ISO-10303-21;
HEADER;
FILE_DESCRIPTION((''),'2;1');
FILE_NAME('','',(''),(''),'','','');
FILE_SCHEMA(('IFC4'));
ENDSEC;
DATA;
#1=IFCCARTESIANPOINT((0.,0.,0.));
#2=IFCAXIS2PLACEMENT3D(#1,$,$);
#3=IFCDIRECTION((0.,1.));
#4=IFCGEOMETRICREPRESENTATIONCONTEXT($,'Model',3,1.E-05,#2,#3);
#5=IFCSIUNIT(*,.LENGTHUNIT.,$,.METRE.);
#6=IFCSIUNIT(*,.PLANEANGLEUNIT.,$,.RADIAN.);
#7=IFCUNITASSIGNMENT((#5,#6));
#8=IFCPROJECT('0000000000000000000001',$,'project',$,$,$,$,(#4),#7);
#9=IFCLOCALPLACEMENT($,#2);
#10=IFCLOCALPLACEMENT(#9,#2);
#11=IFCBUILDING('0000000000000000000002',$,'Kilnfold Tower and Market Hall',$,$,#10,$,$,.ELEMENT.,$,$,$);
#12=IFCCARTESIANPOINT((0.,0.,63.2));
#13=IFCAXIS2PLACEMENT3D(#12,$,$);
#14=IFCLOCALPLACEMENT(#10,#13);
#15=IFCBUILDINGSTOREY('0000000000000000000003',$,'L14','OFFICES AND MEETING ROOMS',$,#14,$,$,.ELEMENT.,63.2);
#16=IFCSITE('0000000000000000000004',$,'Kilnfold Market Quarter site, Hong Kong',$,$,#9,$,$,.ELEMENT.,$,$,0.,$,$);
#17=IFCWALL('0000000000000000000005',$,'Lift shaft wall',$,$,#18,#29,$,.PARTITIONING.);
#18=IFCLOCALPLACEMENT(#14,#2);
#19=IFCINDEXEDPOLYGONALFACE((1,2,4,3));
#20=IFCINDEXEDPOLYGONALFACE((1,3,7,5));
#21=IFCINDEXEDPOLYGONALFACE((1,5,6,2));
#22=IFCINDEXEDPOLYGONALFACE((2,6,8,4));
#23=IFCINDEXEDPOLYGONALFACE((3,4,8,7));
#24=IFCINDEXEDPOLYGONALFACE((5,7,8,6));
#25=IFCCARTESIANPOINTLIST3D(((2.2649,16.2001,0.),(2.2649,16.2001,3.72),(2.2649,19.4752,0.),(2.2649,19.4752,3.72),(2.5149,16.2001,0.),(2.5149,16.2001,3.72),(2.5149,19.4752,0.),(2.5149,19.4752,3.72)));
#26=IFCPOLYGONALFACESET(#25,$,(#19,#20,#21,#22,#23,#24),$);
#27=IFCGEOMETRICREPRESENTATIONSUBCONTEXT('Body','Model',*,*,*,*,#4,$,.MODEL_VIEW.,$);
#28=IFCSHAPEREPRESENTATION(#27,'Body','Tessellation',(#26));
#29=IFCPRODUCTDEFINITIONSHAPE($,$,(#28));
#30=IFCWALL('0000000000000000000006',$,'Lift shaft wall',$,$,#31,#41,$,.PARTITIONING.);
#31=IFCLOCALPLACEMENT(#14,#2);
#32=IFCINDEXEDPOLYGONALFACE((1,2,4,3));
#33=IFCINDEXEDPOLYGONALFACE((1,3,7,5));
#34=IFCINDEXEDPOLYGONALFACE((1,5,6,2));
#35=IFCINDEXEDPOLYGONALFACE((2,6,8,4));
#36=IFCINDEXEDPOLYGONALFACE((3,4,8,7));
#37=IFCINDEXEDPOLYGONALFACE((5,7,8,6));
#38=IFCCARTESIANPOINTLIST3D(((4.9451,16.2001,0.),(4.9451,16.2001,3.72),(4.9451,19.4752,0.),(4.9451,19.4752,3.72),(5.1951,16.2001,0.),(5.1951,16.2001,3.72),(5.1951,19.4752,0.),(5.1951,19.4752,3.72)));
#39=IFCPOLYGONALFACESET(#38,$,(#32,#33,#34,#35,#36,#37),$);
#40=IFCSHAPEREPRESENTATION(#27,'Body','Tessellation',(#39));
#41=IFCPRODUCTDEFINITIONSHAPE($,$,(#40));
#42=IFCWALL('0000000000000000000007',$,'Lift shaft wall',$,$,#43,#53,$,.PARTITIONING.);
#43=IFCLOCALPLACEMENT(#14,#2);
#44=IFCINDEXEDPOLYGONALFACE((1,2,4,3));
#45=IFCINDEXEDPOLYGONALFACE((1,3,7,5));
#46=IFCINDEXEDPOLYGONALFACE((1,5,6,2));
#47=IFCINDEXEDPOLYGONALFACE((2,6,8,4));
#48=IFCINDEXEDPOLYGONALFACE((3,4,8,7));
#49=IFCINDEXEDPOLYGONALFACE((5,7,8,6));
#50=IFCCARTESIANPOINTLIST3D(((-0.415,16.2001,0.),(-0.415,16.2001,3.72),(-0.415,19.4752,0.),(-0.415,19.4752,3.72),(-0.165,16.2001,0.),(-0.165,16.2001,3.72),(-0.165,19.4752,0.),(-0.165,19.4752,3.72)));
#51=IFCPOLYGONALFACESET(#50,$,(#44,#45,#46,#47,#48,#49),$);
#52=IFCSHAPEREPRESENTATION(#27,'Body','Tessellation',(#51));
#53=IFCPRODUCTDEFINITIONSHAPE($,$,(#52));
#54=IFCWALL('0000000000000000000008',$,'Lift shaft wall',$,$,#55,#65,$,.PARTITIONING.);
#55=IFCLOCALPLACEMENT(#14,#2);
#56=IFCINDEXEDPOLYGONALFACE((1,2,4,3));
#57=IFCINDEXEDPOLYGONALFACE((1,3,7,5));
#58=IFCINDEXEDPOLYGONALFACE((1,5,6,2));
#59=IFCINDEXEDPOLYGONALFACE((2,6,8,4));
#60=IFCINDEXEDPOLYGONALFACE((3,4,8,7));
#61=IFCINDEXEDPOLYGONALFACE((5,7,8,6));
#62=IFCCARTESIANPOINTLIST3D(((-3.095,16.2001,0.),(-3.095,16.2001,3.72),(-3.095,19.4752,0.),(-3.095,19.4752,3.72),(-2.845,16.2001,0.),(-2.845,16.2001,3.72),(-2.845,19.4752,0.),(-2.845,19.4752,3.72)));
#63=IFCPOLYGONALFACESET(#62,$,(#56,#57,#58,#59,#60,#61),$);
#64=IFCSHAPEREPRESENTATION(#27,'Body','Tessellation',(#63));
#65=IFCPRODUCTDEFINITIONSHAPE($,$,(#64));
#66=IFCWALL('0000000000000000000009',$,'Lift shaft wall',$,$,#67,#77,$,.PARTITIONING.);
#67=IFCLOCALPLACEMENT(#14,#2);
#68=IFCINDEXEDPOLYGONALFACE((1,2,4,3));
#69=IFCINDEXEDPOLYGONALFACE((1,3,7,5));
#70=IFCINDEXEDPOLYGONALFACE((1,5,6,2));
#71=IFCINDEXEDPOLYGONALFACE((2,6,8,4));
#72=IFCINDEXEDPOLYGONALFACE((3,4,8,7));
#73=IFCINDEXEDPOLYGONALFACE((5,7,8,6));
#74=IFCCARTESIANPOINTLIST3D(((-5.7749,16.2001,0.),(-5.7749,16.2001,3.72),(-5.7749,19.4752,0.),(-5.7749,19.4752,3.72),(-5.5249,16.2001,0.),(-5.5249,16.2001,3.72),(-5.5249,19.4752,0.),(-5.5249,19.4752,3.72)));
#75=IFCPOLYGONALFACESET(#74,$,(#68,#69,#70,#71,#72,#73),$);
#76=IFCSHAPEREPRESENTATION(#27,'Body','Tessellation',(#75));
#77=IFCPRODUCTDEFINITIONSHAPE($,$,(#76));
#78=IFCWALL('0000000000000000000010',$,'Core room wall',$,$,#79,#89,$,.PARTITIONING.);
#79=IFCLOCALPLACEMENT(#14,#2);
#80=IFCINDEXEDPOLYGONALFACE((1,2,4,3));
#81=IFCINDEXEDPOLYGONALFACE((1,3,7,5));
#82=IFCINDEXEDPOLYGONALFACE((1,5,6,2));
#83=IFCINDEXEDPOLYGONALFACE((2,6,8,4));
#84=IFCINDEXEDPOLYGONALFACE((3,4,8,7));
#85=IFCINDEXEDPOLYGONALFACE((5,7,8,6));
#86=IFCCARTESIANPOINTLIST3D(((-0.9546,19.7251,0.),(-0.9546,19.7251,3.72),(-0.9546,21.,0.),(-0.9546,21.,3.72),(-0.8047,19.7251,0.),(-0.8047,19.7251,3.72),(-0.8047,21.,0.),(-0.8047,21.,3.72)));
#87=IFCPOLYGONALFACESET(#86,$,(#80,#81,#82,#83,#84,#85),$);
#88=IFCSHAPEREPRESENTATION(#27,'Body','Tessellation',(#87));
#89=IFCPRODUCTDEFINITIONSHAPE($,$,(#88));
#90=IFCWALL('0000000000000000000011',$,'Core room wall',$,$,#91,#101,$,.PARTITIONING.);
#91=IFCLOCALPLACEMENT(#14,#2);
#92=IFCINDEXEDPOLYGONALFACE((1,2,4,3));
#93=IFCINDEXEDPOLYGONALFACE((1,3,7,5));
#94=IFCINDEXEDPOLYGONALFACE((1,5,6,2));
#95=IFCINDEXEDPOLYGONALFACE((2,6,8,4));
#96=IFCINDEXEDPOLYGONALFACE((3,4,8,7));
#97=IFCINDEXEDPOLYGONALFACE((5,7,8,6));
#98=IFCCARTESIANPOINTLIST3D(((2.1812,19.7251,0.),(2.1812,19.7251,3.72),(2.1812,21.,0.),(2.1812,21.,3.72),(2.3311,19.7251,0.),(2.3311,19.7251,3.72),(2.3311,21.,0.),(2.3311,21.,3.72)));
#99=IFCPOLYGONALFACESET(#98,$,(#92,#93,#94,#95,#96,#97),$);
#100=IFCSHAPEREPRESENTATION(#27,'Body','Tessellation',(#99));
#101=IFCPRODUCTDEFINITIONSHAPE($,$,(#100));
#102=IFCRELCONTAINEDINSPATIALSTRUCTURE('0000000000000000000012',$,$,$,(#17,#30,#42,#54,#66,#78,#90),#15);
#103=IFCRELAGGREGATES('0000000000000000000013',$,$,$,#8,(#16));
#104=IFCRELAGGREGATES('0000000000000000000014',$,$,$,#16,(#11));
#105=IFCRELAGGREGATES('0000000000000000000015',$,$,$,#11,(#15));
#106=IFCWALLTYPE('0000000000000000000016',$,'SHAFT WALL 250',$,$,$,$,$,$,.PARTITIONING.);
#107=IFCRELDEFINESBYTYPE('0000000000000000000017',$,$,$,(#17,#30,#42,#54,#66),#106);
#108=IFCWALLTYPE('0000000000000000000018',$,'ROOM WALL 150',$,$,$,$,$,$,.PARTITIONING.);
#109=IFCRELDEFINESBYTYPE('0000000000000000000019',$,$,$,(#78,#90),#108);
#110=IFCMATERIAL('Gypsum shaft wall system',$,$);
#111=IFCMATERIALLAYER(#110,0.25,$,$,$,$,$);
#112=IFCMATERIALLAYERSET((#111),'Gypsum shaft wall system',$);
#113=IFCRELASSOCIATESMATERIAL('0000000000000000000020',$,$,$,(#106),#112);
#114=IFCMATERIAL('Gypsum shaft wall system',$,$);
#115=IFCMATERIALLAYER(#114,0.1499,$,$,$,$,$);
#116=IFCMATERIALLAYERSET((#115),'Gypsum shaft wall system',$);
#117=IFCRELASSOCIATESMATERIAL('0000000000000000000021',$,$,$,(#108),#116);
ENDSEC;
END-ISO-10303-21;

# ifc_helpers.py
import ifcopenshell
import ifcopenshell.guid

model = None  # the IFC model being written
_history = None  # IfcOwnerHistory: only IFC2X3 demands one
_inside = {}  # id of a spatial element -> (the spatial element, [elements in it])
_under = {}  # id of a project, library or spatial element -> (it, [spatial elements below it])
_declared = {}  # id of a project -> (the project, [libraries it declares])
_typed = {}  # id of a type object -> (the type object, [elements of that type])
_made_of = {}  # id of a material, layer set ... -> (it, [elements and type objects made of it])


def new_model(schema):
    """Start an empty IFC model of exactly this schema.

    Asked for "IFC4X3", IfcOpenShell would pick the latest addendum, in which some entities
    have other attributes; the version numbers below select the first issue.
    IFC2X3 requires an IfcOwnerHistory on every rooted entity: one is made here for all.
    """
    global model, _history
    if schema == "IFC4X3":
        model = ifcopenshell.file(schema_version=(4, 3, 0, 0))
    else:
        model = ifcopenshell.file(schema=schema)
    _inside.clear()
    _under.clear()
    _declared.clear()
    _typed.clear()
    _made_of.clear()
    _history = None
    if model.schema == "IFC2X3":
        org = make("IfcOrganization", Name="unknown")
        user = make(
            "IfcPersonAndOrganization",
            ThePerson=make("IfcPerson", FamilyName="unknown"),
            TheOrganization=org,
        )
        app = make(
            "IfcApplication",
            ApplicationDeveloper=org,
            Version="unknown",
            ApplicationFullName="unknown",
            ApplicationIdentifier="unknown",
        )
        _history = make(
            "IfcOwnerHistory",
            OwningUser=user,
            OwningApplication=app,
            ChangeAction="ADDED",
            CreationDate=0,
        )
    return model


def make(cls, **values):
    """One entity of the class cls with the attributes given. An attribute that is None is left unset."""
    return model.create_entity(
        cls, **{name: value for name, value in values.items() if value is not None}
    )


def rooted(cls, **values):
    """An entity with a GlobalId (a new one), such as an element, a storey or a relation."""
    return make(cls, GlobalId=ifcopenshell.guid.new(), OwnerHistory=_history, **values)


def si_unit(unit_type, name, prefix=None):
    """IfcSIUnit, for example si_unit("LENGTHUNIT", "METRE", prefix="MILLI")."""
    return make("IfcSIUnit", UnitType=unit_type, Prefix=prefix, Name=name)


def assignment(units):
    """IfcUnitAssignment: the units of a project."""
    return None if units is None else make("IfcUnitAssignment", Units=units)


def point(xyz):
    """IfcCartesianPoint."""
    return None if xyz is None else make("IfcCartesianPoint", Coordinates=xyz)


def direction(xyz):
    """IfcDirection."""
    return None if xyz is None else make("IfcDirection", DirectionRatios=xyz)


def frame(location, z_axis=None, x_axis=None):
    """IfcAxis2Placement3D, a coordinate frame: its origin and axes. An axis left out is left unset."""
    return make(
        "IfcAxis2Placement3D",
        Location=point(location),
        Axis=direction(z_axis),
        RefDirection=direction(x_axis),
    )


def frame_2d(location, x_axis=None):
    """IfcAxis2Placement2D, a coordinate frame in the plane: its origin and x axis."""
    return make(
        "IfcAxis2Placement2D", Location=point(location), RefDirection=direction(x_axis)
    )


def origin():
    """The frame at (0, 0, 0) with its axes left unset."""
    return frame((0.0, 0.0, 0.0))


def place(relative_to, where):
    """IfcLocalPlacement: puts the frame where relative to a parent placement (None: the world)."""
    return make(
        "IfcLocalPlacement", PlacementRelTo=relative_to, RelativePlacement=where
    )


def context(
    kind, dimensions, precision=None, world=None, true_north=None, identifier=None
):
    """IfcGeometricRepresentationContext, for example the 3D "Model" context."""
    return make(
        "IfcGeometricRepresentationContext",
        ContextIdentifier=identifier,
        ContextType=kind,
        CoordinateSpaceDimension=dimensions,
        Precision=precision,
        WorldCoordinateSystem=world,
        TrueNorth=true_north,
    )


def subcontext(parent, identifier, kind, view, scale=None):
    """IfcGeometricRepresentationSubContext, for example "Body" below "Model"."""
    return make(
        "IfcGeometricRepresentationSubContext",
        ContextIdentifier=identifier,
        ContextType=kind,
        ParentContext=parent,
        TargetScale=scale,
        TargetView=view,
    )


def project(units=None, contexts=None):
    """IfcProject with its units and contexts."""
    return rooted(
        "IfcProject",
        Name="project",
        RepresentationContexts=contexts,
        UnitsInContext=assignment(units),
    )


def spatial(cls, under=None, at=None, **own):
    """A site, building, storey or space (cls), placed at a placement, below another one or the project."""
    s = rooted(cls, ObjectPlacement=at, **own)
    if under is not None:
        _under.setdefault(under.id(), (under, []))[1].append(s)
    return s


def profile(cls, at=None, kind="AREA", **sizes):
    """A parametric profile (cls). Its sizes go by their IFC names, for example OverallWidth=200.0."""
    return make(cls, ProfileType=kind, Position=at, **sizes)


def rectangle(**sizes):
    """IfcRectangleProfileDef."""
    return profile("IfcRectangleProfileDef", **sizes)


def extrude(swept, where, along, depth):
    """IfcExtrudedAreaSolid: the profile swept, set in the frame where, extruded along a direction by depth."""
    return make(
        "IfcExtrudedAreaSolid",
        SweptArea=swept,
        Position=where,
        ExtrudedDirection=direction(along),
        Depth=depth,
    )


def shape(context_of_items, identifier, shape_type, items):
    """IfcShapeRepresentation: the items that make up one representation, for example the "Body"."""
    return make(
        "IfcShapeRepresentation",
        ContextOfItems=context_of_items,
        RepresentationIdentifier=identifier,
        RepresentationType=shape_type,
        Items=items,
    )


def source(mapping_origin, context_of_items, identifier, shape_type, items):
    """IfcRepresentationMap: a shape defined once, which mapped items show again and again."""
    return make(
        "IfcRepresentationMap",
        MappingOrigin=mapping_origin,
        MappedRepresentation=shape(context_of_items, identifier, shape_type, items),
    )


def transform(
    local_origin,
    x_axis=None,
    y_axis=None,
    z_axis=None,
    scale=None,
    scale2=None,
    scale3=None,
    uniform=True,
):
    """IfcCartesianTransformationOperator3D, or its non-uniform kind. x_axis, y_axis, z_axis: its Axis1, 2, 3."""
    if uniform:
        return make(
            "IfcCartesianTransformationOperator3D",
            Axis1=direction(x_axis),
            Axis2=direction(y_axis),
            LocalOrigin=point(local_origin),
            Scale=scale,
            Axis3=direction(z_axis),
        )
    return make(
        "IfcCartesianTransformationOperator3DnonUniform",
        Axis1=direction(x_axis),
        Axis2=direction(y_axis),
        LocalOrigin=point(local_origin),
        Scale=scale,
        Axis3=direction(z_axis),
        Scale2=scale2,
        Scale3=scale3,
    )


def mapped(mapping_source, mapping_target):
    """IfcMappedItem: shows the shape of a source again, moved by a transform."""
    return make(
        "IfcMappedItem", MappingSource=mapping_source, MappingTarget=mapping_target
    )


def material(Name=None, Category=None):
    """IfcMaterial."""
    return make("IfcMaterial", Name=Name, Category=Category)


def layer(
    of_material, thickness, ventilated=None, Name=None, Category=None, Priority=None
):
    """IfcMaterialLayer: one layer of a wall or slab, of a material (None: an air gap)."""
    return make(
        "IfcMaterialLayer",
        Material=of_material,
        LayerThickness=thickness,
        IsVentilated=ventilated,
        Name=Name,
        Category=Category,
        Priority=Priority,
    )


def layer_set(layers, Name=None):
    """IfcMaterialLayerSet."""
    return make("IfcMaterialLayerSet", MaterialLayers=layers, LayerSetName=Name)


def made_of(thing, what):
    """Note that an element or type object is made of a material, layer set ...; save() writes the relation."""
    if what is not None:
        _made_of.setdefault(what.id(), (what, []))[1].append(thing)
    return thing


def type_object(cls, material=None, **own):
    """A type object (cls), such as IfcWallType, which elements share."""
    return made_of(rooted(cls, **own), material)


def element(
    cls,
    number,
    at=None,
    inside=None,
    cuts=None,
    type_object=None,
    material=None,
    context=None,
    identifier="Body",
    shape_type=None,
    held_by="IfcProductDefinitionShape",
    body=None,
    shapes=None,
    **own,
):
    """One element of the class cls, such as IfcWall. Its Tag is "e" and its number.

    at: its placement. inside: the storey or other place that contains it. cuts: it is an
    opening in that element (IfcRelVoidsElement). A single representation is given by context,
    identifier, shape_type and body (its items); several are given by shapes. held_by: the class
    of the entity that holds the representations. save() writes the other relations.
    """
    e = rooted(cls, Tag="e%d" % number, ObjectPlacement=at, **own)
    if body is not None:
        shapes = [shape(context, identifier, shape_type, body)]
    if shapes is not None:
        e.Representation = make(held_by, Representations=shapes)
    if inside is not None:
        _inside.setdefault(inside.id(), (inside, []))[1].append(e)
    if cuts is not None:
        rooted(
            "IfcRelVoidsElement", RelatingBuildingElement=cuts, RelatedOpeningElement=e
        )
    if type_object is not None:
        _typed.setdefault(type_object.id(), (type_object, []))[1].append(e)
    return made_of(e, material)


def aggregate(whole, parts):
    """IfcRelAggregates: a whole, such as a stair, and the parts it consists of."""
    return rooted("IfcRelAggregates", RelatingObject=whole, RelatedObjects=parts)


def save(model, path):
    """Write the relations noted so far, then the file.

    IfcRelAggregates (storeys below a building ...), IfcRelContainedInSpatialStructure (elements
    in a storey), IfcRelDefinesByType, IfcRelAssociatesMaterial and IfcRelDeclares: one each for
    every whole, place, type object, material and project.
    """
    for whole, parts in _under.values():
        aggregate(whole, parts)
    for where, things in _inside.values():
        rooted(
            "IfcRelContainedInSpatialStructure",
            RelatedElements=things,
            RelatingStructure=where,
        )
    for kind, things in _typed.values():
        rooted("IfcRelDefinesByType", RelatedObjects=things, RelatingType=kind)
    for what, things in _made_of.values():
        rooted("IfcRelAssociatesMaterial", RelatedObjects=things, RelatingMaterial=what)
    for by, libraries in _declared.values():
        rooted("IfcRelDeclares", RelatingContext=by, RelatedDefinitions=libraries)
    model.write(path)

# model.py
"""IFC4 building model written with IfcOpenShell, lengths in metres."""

from ifc_helpers import new_model, si_unit, direction, frame, frame_2d, origin, place, context, subcontext, project, spatial, rectangle, extrude, source, transform, mapped, material, layer, layer_set, type_object, element, save


model = new_model("IFC4")

# Units and contexts
model_context = context("Model", 3, precision=1e-05, world=origin(), true_north=direction((0.0, 1.0)))
body_context = subcontext(model_context, "Body", "Model", "MODEL_VIEW")
ifc_project = project(units=[si_unit("LENGTHUNIT", "METRE"), si_unit("PLANEANGLEUNIT", "RADIAN")], contexts=[model_context])

# Site, building, storey
site_placement = place(None, origin())
site = spatial("IfcSite", under=ifc_project, at=site_placement, Name="Kilnfold Market Quarter site, Hong Kong", CompositionType="ELEMENT", RefElevation=0.0)
building_placement = place(site_placement, origin())
building = spatial("IfcBuilding", under=site, at=building_placement, Name="Kilnfold Tower and Market Hall", CompositionType="ELEMENT")
storey_placement = place(building_placement, frame((0.0, 0.0, 63.2)))
storey = spatial("IfcBuildingStorey", under=building, at=storey_placement, Name="L14", Description="OFFICES AND MEETING ROOMS", CompositionType="ELEMENT", Elevation=63.2)

# Walls
ifc_material_1 = material(Name="Gypsum shaft wall system")
ifc_layer_1 = layer(ifc_material_1, 0.25)
ifc_layer_set_1 = layer_set([ifc_layer_1], Name="Gypsum shaft wall system")
wall_type_1 = type_object("IfcWallType", Name="SHAFT WALL 250", PredefinedType="PARTITIONING", material=ifc_layer_set_1)
shared_shape_1 = source(origin(), body_context, "Body", "SweptSolid", [
    extrude(rectangle(XDim=3.2751, YDim=0.25, at=frame_2d((1.6377, 0.0))), origin(), (0.0, 0.0, 1.0), 3.72),
])
for number, where, z_axis, x_axis, name in (
    (1, (2.3899, 16.2, 0.0), (0.0, 0.0, 1.0), (0.0, 1.0, 0.0), "Lift shaft wall"),
    (2, (5.0701, 16.2, 0.0), (0.0, 0.0, 1.0), (0.0, 1.0, 0.0), "Lift shaft wall"),
    (3, (-0.29, 16.2, 0.0), (0.0, 0.0, 1.0), (0.0, 1.0, 0.0), "Lift shaft wall"),
    (4, (-2.97, 16.2, 0.0), (0.0, 0.0, 1.0), (0.0, 1.0, 0.0), "Lift shaft wall"),
    (5, (-5.6499, 16.2, 0.0), (0.0, 0.0, 1.0), (0.0, 1.0, 0.0), "Lift shaft wall"),
):
    element("IfcWall", number, at=place(storey_placement, frame(where, z_axis=z_axis, x_axis=x_axis)), inside=storey, type_object=wall_type_1, Name=name, PredefinedType="PARTITIONING", context=body_context, shape_type="MappedRepresentation", body=[
        mapped(shared_shape_1, transform((0.0, 0.0, 0.0))),
    ])
ifc_material_2 = material(Name="Gypsum shaft wall system")
ifc_layer_2 = layer(ifc_material_2, 0.1499)
ifc_layer_set_2 = layer_set([ifc_layer_2], Name="Gypsum shaft wall system")
wall_type_2 = type_object("IfcWallType", Name="ROOM WALL 150", PredefinedType="PARTITIONING", material=ifc_layer_set_2)
shared_shape_2 = source(origin(), body_context, "Body", "SweptSolid", [
    extrude(rectangle(XDim=1.2749, YDim=0.1499, at=frame_2d((0.6375, 0.0))), origin(), (0.0, 0.0, 1.0), 3.72),
])
for number, where, z_axis, x_axis, name in (
    (6, (-0.8796, 19.7251, 0.0), (0.0, 0.0, 1.0), (0.0, 1.0, 0.0), "Core room wall"),
    (7, (2.2561, 19.7251, 0.0), (0.0, 0.0, 1.0), (0.0, 1.0, 0.0), "Core room wall"),
):
    element("IfcWall", number, at=place(storey_placement, frame(where, z_axis=z_axis, x_axis=x_axis)), inside=storey, type_object=wall_type_2, Name=name, PredefinedType="PARTITIONING", context=body_context, shape_type="MappedRepresentation", body=[
        mapped(shared_shape_2, transform((0.0, 0.0, 0.0))),
    ])

save(model, "model.ifc")
